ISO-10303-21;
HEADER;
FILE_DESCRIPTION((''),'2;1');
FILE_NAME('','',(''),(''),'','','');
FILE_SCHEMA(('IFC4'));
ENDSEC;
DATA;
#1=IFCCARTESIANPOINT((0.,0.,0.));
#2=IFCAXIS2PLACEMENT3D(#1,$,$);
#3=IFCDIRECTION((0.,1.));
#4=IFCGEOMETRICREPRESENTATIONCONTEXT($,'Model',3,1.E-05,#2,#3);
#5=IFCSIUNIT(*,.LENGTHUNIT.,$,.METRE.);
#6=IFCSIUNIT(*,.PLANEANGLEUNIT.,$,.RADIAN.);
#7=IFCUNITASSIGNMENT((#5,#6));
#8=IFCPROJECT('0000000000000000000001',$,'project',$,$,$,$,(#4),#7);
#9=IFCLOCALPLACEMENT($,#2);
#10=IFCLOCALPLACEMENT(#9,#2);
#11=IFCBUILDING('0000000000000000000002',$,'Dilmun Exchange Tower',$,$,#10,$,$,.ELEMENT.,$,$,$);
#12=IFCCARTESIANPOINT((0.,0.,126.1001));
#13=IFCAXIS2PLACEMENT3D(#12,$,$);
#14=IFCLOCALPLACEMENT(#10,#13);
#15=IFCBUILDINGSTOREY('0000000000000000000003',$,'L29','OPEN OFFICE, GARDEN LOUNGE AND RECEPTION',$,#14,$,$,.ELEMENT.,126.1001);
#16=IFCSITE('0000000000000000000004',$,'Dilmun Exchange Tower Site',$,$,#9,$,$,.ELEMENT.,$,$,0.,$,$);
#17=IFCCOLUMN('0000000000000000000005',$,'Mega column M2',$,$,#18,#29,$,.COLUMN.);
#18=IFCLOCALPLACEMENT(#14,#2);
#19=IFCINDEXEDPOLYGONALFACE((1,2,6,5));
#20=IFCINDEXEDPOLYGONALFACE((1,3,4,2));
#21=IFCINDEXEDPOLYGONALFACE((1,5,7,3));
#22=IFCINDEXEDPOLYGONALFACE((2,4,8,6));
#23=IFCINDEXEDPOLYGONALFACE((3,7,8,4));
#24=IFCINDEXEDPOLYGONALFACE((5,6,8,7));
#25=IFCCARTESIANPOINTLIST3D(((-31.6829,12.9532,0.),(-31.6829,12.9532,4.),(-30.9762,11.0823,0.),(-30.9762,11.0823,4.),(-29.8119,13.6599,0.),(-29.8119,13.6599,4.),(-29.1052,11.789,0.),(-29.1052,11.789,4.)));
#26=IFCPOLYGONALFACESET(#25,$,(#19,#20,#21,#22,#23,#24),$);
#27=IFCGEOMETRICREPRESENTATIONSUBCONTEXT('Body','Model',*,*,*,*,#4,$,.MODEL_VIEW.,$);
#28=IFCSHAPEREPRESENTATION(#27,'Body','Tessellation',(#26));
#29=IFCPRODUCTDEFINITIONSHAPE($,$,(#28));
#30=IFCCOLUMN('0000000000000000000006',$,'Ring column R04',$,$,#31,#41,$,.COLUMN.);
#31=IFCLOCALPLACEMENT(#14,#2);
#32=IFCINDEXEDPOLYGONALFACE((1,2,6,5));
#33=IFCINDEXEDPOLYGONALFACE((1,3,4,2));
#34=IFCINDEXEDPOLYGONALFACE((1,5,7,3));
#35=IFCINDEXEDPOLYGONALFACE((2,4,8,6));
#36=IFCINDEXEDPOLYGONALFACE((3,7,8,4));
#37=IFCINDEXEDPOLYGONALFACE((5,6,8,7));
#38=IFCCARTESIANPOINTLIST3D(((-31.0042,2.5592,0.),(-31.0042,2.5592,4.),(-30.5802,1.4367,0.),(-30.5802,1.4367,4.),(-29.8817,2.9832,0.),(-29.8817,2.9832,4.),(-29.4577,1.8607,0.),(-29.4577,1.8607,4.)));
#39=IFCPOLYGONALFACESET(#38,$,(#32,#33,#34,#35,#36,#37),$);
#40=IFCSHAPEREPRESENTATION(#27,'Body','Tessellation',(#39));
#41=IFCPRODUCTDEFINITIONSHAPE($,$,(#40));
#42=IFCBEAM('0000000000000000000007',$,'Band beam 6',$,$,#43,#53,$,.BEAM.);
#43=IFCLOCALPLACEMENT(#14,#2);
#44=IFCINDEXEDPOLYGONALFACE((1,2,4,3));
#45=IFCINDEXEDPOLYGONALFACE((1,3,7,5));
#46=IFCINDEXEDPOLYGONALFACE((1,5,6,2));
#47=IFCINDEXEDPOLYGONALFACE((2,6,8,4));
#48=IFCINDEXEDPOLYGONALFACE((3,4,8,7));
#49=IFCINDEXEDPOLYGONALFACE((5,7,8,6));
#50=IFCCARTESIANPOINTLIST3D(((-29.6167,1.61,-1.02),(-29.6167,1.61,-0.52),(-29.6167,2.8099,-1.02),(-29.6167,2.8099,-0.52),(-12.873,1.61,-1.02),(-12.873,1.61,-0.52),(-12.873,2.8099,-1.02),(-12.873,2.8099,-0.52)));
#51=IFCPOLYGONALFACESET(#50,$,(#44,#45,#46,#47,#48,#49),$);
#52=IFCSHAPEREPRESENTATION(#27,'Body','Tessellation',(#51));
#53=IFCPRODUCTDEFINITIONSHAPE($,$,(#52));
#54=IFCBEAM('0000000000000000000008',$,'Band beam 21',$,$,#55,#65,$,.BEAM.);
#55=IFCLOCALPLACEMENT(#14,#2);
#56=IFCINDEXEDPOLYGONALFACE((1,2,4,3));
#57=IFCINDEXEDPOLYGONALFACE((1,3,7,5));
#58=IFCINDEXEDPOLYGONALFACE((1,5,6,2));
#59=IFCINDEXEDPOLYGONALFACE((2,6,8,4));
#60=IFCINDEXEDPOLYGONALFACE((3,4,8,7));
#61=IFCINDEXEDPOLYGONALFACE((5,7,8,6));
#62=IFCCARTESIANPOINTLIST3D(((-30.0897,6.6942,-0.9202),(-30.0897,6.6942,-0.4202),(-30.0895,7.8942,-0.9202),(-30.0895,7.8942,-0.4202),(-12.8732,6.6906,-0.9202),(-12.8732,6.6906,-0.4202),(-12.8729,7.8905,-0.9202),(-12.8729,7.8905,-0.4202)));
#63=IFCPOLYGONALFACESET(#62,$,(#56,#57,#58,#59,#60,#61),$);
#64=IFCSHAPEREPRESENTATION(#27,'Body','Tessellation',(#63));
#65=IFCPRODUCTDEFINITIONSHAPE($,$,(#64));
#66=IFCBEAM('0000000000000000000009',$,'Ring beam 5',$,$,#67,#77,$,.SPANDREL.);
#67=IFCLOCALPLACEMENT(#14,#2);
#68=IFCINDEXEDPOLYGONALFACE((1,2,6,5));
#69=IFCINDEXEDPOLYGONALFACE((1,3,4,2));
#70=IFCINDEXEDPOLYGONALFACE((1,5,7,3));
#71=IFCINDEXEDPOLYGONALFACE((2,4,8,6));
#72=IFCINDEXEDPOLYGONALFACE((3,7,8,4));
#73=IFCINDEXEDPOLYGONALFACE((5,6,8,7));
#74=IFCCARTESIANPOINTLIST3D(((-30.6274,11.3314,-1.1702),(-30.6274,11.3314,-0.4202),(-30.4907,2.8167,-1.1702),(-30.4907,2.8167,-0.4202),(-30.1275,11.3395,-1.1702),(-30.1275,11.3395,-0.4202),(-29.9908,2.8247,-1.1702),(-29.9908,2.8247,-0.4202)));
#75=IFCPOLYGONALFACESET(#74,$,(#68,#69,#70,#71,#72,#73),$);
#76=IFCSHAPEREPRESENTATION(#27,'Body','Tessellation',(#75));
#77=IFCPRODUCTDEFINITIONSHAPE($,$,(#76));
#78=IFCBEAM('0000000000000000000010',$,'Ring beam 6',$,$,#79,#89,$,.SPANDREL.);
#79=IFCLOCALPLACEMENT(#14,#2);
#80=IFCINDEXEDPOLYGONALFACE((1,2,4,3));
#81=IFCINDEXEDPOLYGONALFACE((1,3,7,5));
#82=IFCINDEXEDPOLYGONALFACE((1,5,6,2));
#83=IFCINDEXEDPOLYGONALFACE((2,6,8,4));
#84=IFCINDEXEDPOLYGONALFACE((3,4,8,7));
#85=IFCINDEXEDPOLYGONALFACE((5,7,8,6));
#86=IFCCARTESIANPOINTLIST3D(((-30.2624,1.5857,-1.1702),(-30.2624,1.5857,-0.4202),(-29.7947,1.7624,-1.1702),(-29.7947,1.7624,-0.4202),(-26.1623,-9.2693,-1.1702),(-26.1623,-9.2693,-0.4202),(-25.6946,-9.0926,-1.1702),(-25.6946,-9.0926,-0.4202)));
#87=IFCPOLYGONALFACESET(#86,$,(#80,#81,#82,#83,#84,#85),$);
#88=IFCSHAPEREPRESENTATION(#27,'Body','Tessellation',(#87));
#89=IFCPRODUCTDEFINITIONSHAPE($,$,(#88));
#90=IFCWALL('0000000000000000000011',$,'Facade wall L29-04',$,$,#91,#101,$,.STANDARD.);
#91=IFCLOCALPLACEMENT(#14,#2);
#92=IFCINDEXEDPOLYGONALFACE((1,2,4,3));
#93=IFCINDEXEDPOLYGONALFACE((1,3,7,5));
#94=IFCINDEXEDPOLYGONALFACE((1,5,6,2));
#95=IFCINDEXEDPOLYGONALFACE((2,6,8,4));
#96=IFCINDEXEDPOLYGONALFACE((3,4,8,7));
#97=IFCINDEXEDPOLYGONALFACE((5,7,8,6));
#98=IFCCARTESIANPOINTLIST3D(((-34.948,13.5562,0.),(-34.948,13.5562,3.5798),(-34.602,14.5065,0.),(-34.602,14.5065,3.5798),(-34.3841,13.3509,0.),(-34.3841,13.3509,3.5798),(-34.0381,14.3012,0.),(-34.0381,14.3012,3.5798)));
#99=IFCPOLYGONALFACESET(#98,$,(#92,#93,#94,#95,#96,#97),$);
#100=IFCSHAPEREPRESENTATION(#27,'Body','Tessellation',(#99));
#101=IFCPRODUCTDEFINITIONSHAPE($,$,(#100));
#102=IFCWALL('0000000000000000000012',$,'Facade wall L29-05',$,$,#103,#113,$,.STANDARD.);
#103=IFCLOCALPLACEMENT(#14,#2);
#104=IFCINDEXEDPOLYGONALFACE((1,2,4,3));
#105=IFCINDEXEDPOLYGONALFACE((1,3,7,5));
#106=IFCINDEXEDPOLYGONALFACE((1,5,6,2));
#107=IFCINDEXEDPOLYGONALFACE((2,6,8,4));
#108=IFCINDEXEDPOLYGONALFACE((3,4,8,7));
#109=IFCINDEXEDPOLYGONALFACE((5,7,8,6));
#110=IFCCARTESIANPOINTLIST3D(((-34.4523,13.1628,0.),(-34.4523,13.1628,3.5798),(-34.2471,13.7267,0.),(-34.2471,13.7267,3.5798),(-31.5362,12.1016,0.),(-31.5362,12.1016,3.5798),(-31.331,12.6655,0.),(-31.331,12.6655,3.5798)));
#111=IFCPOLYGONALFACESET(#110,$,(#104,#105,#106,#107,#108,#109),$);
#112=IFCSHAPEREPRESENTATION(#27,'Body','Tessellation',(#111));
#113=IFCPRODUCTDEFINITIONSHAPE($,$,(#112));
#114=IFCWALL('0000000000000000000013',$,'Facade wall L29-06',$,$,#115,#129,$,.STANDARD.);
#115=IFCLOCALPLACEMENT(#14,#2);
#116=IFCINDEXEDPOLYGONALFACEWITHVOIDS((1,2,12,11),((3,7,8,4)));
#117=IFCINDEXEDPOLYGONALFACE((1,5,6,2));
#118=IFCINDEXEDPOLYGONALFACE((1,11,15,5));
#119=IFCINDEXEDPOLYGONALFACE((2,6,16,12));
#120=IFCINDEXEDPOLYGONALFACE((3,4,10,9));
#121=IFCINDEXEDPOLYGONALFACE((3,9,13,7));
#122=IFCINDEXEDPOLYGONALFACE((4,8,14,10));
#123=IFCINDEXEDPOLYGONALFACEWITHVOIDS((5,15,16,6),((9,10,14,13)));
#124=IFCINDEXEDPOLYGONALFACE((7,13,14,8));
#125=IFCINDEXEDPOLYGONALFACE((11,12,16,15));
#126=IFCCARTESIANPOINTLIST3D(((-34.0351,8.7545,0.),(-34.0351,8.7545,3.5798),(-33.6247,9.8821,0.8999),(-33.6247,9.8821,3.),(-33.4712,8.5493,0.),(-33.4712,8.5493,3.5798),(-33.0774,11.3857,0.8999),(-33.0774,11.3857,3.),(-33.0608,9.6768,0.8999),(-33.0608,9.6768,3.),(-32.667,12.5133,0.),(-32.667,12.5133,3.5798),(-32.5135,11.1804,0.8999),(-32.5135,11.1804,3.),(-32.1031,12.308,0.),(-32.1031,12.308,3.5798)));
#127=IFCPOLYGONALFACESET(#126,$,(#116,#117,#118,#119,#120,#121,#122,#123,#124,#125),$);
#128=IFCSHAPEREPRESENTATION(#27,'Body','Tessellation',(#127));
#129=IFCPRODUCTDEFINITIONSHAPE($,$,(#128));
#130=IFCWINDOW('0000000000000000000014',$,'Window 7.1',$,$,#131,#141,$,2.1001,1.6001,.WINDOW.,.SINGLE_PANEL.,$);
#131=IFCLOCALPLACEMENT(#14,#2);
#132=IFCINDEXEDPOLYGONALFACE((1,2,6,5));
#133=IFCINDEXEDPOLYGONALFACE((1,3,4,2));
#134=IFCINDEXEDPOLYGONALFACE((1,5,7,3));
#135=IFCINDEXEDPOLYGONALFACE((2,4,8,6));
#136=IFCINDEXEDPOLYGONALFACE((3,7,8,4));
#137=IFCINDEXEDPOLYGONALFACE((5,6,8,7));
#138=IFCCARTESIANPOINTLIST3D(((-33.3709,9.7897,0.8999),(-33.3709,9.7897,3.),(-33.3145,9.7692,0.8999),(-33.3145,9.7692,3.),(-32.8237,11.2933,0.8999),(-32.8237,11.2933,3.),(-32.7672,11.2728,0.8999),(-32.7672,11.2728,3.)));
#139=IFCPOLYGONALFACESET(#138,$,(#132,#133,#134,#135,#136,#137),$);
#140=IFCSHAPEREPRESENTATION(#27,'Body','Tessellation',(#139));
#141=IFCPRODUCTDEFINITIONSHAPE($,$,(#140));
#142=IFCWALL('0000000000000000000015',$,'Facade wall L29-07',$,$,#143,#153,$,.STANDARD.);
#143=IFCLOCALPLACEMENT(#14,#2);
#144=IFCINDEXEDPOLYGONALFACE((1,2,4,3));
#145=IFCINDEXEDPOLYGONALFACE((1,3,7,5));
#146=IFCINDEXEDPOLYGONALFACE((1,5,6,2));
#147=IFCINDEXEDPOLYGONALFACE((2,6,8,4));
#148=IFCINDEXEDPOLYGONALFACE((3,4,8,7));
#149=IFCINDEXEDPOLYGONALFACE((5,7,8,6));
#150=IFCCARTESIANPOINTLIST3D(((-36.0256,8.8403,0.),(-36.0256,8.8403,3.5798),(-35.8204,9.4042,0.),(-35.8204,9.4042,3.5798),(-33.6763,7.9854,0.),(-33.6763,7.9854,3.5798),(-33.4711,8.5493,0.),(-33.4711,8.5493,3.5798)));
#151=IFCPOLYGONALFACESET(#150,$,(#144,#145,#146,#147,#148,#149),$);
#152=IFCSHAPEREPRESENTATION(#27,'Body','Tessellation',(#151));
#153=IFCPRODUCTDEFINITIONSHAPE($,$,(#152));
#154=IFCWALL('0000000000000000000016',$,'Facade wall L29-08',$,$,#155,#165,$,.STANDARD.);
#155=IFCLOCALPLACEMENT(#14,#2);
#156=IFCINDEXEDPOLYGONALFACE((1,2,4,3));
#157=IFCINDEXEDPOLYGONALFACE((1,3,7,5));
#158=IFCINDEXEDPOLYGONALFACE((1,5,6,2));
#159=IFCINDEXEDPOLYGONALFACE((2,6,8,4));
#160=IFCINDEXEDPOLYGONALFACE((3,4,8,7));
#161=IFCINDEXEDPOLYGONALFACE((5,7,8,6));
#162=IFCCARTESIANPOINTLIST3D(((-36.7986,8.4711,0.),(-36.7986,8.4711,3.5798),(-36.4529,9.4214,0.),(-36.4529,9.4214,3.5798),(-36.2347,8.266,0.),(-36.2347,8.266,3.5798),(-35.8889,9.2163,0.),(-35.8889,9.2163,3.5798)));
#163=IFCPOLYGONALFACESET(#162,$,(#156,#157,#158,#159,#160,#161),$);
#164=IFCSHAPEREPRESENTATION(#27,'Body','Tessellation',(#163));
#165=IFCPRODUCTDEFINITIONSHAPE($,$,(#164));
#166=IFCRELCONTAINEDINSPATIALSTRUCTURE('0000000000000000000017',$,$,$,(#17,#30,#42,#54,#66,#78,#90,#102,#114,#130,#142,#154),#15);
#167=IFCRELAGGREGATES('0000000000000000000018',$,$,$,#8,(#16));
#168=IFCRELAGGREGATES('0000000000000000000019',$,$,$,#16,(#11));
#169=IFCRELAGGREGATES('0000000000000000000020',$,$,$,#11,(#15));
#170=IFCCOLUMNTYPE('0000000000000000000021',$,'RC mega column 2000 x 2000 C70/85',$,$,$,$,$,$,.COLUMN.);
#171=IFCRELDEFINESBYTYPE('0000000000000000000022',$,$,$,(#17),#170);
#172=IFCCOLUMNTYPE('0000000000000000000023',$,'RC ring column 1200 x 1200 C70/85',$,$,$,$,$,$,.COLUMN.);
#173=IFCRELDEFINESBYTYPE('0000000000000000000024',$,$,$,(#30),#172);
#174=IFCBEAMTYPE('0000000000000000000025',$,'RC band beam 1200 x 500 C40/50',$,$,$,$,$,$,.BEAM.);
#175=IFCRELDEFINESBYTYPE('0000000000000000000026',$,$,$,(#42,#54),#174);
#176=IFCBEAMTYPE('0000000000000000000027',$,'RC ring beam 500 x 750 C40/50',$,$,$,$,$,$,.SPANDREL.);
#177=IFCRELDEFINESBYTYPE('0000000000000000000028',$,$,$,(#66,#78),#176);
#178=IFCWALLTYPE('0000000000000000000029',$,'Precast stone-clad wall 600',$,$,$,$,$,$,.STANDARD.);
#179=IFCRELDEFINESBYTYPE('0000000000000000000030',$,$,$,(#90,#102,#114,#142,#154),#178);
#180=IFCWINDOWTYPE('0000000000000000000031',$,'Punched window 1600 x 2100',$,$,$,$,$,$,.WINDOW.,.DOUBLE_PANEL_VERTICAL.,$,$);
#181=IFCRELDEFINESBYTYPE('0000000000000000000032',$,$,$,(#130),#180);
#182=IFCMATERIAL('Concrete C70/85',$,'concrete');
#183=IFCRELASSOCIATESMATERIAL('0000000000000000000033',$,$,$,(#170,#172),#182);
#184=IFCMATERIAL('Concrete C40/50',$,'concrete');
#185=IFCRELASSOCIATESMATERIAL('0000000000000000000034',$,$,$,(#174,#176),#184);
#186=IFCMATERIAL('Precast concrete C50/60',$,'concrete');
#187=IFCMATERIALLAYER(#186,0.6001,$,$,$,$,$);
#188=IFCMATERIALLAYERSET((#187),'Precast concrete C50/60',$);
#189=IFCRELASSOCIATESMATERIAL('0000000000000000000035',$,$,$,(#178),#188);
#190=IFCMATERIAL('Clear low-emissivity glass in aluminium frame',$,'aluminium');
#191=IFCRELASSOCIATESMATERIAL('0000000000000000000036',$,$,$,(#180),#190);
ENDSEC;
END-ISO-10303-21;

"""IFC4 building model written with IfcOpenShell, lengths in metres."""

from ifc_helpers import new_model, si_unit, direction, frame, frame_2d, origin, origin_2d, place, context, subcontext, project, spatial, rectangle, extrude, material, layer, layer_set, material_profile, profile_set, type_object, element, fill, save


model = new_model("IFC4")

# Units and contexts
model_context = context("Model", 3, precision=1e-05, world=origin(), true_north=direction((0.0, 1.0)))
body_context = subcontext(model_context, "Body", "Model", "MODEL_VIEW")
ifc_project = project(units=[si_unit("LENGTHUNIT", "METRE"), si_unit("PLANEANGLEUNIT", "RADIAN")], contexts=[model_context])

# Site, building, storey
site_placement = place(None, origin())
site = spatial("IfcSite", under=ifc_project, at=site_placement, Name="Dilmun Exchange Tower Site", CompositionType="ELEMENT", RefElevation=0.0)
building_placement = place(site_placement, origin())
building = spatial("IfcBuilding", under=site, at=building_placement, Name="Dilmun Exchange Tower", CompositionType="ELEMENT")
storey_placement = place(building_placement, frame((0.0, 0.0, 126.1001)))
storey = spatial("IfcBuildingStorey", under=building, at=storey_placement, Name="L29", Description="OPEN OFFICE, GARDEN LOUNGE AND RECEPTION", CompositionType="ELEMENT", Elevation=126.1001)

# Columns
ifc_material_1 = material(Name="Concrete C70/85", Category="concrete")
ifc_material_profile_1 = material_profile(ifc_material_1, rectangle(XDim=2.0, YDim=2.0, at=origin_2d()), Name="2000 x 2000")
ifc_profile_set_1 = profile_set([ifc_material_profile_1], Name="Concrete C70/85")
column_type_1 = type_object("IfcColumnType", Name="RC mega column 2000 x 2000 C70/85", PredefinedType="COLUMN", material=ifc_profile_set_1)
column_1_placement = place(storey_placement, frame((-30.394, 12.3711, 0.0), z_axis=(0.0, 0.0, 1.0), x_axis=(0.935492, 0.353349, 0.0)))
element("IfcColumn", 1, at=column_1_placement, inside=storey, type_object=column_type_1, Name="Mega column M2", PredefinedType="COLUMN", context=body_context, shape_type="SweptSolid", body=[
    extrude(rectangle(XDim=2.0, YDim=2.0, at=origin_2d()), origin(), (0.0, 0.0, 1.0), 4.0),
])
ifc_material_profile_2 = material_profile(ifc_material_1, rectangle(XDim=1.2, YDim=1.2, at=origin_2d()), Name="1200 x 1200")
ifc_profile_set_2 = profile_set([ifc_material_profile_2], Name="Concrete C70/85")
column_type_2 = type_object("IfcColumnType", Name="RC ring column 1200 x 1200 C70/85", PredefinedType="COLUMN", material=ifc_profile_set_2)
column_2_placement = place(storey_placement, frame((-30.231, 2.21, 0.0), z_axis=(0.0, 0.0, 1.0), x_axis=(0.935492, 0.353349, 0.0)))
element("IfcColumn", 2, at=column_2_placement, inside=storey, type_object=column_type_2, Name="Ring column R04", PredefinedType="COLUMN", context=body_context, shape_type="SweptSolid", body=[
    extrude(rectangle(XDim=1.2, YDim=1.2, at=origin_2d()), origin(), (0.0, 0.0, 1.0), 4.0),
])

# Beams
ifc_material_2 = material(Name="Concrete C40/50", Category="concrete")
ifc_material_profile_3 = material_profile(ifc_material_2, rectangle(XDim=1.2, YDim=0.5, at=origin_2d()), Name="1200 x 500")
ifc_profile_set_3 = profile_set([ifc_material_profile_3], Name="Concrete C40/50")
beam_type_1 = type_object("IfcBeamType", Name="RC band beam 1200 x 500 C40/50", PredefinedType="BEAM", material=ifc_profile_set_3)
beam_1_placement = place(storey_placement, frame((-29.6167, 2.21, -0.77), z_axis=(1.0, 0.0, 0.0), x_axis=(0.0, 1.0, 0.0)))
element("IfcBeam", 3, at=beam_1_placement, inside=storey, type_object=beam_type_1, Name="Band beam 6", PredefinedType="BEAM", context=body_context, shape_type="SweptSolid", body=[
    extrude(rectangle(XDim=1.2, YDim=0.5, at=origin_2d()), origin(), (0.0, 0.0, 1.0), 16.7437),
])
beam_2_placement = place(storey_placement, frame((-30.0896, 7.2942, -0.6702), z_axis=(1.0, -0.000213, 0.0), x_axis=(0.000213, 1.0, 0.0)))
element("IfcBeam", 4, at=beam_2_placement, inside=storey, type_object=beam_type_1, Name="Band beam 21", PredefinedType="BEAM", context=body_context, shape_type="SweptSolid", body=[
    extrude(rectangle(XDim=1.2, YDim=0.5, at=origin_2d()), origin(), (0.0, 0.0, 1.0), 17.2166),
])
ifc_material_profile_4 = material_profile(ifc_material_2, rectangle(XDim=0.5, YDim=0.75, at=origin_2d()), Name="500 x 750")
ifc_profile_set_4 = profile_set([ifc_material_profile_4], Name="Concrete C40/50")
beam_type_2 = type_object("IfcBeamType", Name="RC ring beam 500 x 750 C40/50", PredefinedType="SPANDREL", material=ifc_profile_set_4)
beam_3_placement = place(storey_placement, frame((-30.3774, 11.3354, -0.7952), z_axis=(0.016054, -0.999871, 0.0), x_axis=(0.999871, 0.016054, 0.0)))
element("IfcBeam", 5, at=beam_3_placement, inside=storey, type_object=beam_type_2, Name="Ring beam 5", PredefinedType="SPANDREL", context=body_context, shape_type="SweptSolid", body=[
    extrude(rectangle(XDim=0.5, YDim=0.75, at=origin_2d()), origin(), (0.0, 0.0, 1.0), 8.5159),
])
beam_4_placement = place(storey_placement, frame((-30.0286, 1.6741, -0.7952), z_axis=(0.35335, -0.935491, 0.0), x_axis=(0.935491, 0.35335, 0.0)))
element("IfcBeam", 6, at=beam_4_placement, inside=storey, type_object=beam_type_2, Name="Ring beam 6", PredefinedType="SPANDREL", context=body_context, shape_type="SweptSolid", body=[
    extrude(rectangle(XDim=0.5, YDim=0.75, at=origin_2d()), origin(), (0.0, 0.0, 1.0), 11.6035),
])

# Walls
ifc_material_3 = material(Name="Precast concrete C50/60", Category="concrete")
ifc_layer = layer(ifc_material_3, 0.6001)
ifc_layer_set = layer_set([ifc_layer], Name="Precast concrete C50/60")
wall_type = type_object("IfcWallType", Name="Precast stone-clad wall 600", PredefinedType="STANDARD", material=ifc_layer_set)
wall_1_placement = place(storey_placement, frame((-34.3201, 14.4038, 0.0), z_axis=(0.0, 0.0, 1.0), x_axis=(-0.342111, -0.939659, 0.0)))
element("IfcWall", 7, at=wall_1_placement, inside=storey, type_object=wall_type, Name="Facade wall L29-04", PredefinedType="STANDARD", context=body_context, shape_type="SweptSolid", body=[
    extrude(rectangle(XDim=1.0112, YDim=0.6001, at=frame_2d((0.5056, 0.0))), origin(), (0.0, 0.0, 1.0), 3.5798),
])
wall_2_placement = place(storey_placement, frame((-34.3499, 13.4448, 0.0), z_axis=(0.0, 0.0, 1.0), x_axis=(0.939708, -0.341977, 0.0)))
element("IfcWall", 8, at=wall_2_placement, inside=storey, type_object=wall_type, Name="Facade wall L29-05", PredefinedType="STANDARD", context=body_context, shape_type="SweptSolid", body=[
    extrude(rectangle(XDim=3.1033, YDim=0.6001, at=frame_2d((1.5518, 0.0))), origin(), (0.0, 0.0, 1.0), 3.5798),
])

# Wall, opening, window
wall_3_placement = place(storey_placement, frame((-32.385, 12.4106, 0.0), z_axis=(0.0, 0.0, 1.0), x_axis=(-0.342037, -0.939686, 0.0)))
wall_3 = element("IfcWall", 9, at=wall_3_placement, inside=storey, type_object=wall_type, Name="Facade wall L29-06", PredefinedType="STANDARD", context=body_context, shape_type="SweptSolid", body=[
    extrude(rectangle(XDim=4.0, YDim=0.6001, at=frame_2d((2.0, 0.0))), origin(), (0.0, 0.0, 1.0), 3.5798),
])
opening_1_placement = place(wall_3_placement, frame((1.2, 0.0, 0.8999)))
opening_1 = element("IfcOpeningElement", 10, at=opening_1_placement, cuts=wall_3, PredefinedType="OPENING", context=body_context, shape_type="SweptSolid", body=[
    extrude(rectangle(XDim=1.6001, YDim=2.1001, at=frame_2d((0.8, 1.05))), frame((0.0, 0.3101, 0.0), z_axis=(0.0, -1.0, 0.0), x_axis=(1.0, 0.0, 0.0)), (0.0, 0.0, 1.0), 0.6201),
])
ifc_material_4 = material(Name="Clear low-emissivity glass in aluminium frame", Category="aluminium")
window_type_1 = type_object("IfcWindowType", Name="Punched window 1600 x 2100", PartitioningType="DOUBLE_PANEL_VERTICAL", PredefinedType="WINDOW", material=ifc_material_4)
window_1_placement = place(opening_1_placement, origin())
window_1 = element("IfcWindow", 11, at=window_1_placement, inside=storey, type_object=window_type_1, Name="Window 7.1", OverallHeight=2.1001, OverallWidth=1.6001, PartitioningType="SINGLE_PANEL", PredefinedType="WINDOW", context=body_context, shape_type="SweptSolid", body=[
    extrude(rectangle(XDim=1.6001, YDim=2.1001, at=frame_2d((0.8, 1.05))), frame((0.0, 0.03, 0.0), z_axis=(0.0, -1.0, 0.0), x_axis=(1.0, 0.0, 0.0)), (0.0, 0.0, 1.0), 0.0601),
])
fill(opening_1, window_1)

# Walls
wall_4_placement = place(storey_placement, frame((-33.5737, 8.2673, 0.0), z_axis=(0.0, 0.0, 1.0), x_axis=(-0.939708, 0.341978, 0.0)))
element("IfcWall", 12, at=wall_4_placement, inside=storey, type_object=wall_type, Name="Facade wall L29-07", PredefinedType="STANDARD", context=body_context, shape_type="SweptSolid", body=[
    extrude(rectangle(XDim=2.5, YDim=0.6001, at=frame_2d((1.25, 0.0))), origin(), (0.0, 0.0, 1.0), 3.5798),
])
wall_5_placement = place(storey_placement, frame((-36.1709, 9.3188, 0.0), z_axis=(0.0, 0.0, 1.0), x_axis=(-0.341898, -0.939737, 0.0)))
element("IfcWall", 13, at=wall_5_placement, inside=storey, type_object=wall_type, Name="Facade wall L29-08", PredefinedType="STANDARD", context=body_context, shape_type="SweptSolid", body=[
    extrude(rectangle(XDim=1.0112, YDim=0.6001, at=frame_2d((0.5056, 0.0))), origin(), (0.0, 0.0, 1.0), 3.5798),
])

save(model, "model.ifc")
